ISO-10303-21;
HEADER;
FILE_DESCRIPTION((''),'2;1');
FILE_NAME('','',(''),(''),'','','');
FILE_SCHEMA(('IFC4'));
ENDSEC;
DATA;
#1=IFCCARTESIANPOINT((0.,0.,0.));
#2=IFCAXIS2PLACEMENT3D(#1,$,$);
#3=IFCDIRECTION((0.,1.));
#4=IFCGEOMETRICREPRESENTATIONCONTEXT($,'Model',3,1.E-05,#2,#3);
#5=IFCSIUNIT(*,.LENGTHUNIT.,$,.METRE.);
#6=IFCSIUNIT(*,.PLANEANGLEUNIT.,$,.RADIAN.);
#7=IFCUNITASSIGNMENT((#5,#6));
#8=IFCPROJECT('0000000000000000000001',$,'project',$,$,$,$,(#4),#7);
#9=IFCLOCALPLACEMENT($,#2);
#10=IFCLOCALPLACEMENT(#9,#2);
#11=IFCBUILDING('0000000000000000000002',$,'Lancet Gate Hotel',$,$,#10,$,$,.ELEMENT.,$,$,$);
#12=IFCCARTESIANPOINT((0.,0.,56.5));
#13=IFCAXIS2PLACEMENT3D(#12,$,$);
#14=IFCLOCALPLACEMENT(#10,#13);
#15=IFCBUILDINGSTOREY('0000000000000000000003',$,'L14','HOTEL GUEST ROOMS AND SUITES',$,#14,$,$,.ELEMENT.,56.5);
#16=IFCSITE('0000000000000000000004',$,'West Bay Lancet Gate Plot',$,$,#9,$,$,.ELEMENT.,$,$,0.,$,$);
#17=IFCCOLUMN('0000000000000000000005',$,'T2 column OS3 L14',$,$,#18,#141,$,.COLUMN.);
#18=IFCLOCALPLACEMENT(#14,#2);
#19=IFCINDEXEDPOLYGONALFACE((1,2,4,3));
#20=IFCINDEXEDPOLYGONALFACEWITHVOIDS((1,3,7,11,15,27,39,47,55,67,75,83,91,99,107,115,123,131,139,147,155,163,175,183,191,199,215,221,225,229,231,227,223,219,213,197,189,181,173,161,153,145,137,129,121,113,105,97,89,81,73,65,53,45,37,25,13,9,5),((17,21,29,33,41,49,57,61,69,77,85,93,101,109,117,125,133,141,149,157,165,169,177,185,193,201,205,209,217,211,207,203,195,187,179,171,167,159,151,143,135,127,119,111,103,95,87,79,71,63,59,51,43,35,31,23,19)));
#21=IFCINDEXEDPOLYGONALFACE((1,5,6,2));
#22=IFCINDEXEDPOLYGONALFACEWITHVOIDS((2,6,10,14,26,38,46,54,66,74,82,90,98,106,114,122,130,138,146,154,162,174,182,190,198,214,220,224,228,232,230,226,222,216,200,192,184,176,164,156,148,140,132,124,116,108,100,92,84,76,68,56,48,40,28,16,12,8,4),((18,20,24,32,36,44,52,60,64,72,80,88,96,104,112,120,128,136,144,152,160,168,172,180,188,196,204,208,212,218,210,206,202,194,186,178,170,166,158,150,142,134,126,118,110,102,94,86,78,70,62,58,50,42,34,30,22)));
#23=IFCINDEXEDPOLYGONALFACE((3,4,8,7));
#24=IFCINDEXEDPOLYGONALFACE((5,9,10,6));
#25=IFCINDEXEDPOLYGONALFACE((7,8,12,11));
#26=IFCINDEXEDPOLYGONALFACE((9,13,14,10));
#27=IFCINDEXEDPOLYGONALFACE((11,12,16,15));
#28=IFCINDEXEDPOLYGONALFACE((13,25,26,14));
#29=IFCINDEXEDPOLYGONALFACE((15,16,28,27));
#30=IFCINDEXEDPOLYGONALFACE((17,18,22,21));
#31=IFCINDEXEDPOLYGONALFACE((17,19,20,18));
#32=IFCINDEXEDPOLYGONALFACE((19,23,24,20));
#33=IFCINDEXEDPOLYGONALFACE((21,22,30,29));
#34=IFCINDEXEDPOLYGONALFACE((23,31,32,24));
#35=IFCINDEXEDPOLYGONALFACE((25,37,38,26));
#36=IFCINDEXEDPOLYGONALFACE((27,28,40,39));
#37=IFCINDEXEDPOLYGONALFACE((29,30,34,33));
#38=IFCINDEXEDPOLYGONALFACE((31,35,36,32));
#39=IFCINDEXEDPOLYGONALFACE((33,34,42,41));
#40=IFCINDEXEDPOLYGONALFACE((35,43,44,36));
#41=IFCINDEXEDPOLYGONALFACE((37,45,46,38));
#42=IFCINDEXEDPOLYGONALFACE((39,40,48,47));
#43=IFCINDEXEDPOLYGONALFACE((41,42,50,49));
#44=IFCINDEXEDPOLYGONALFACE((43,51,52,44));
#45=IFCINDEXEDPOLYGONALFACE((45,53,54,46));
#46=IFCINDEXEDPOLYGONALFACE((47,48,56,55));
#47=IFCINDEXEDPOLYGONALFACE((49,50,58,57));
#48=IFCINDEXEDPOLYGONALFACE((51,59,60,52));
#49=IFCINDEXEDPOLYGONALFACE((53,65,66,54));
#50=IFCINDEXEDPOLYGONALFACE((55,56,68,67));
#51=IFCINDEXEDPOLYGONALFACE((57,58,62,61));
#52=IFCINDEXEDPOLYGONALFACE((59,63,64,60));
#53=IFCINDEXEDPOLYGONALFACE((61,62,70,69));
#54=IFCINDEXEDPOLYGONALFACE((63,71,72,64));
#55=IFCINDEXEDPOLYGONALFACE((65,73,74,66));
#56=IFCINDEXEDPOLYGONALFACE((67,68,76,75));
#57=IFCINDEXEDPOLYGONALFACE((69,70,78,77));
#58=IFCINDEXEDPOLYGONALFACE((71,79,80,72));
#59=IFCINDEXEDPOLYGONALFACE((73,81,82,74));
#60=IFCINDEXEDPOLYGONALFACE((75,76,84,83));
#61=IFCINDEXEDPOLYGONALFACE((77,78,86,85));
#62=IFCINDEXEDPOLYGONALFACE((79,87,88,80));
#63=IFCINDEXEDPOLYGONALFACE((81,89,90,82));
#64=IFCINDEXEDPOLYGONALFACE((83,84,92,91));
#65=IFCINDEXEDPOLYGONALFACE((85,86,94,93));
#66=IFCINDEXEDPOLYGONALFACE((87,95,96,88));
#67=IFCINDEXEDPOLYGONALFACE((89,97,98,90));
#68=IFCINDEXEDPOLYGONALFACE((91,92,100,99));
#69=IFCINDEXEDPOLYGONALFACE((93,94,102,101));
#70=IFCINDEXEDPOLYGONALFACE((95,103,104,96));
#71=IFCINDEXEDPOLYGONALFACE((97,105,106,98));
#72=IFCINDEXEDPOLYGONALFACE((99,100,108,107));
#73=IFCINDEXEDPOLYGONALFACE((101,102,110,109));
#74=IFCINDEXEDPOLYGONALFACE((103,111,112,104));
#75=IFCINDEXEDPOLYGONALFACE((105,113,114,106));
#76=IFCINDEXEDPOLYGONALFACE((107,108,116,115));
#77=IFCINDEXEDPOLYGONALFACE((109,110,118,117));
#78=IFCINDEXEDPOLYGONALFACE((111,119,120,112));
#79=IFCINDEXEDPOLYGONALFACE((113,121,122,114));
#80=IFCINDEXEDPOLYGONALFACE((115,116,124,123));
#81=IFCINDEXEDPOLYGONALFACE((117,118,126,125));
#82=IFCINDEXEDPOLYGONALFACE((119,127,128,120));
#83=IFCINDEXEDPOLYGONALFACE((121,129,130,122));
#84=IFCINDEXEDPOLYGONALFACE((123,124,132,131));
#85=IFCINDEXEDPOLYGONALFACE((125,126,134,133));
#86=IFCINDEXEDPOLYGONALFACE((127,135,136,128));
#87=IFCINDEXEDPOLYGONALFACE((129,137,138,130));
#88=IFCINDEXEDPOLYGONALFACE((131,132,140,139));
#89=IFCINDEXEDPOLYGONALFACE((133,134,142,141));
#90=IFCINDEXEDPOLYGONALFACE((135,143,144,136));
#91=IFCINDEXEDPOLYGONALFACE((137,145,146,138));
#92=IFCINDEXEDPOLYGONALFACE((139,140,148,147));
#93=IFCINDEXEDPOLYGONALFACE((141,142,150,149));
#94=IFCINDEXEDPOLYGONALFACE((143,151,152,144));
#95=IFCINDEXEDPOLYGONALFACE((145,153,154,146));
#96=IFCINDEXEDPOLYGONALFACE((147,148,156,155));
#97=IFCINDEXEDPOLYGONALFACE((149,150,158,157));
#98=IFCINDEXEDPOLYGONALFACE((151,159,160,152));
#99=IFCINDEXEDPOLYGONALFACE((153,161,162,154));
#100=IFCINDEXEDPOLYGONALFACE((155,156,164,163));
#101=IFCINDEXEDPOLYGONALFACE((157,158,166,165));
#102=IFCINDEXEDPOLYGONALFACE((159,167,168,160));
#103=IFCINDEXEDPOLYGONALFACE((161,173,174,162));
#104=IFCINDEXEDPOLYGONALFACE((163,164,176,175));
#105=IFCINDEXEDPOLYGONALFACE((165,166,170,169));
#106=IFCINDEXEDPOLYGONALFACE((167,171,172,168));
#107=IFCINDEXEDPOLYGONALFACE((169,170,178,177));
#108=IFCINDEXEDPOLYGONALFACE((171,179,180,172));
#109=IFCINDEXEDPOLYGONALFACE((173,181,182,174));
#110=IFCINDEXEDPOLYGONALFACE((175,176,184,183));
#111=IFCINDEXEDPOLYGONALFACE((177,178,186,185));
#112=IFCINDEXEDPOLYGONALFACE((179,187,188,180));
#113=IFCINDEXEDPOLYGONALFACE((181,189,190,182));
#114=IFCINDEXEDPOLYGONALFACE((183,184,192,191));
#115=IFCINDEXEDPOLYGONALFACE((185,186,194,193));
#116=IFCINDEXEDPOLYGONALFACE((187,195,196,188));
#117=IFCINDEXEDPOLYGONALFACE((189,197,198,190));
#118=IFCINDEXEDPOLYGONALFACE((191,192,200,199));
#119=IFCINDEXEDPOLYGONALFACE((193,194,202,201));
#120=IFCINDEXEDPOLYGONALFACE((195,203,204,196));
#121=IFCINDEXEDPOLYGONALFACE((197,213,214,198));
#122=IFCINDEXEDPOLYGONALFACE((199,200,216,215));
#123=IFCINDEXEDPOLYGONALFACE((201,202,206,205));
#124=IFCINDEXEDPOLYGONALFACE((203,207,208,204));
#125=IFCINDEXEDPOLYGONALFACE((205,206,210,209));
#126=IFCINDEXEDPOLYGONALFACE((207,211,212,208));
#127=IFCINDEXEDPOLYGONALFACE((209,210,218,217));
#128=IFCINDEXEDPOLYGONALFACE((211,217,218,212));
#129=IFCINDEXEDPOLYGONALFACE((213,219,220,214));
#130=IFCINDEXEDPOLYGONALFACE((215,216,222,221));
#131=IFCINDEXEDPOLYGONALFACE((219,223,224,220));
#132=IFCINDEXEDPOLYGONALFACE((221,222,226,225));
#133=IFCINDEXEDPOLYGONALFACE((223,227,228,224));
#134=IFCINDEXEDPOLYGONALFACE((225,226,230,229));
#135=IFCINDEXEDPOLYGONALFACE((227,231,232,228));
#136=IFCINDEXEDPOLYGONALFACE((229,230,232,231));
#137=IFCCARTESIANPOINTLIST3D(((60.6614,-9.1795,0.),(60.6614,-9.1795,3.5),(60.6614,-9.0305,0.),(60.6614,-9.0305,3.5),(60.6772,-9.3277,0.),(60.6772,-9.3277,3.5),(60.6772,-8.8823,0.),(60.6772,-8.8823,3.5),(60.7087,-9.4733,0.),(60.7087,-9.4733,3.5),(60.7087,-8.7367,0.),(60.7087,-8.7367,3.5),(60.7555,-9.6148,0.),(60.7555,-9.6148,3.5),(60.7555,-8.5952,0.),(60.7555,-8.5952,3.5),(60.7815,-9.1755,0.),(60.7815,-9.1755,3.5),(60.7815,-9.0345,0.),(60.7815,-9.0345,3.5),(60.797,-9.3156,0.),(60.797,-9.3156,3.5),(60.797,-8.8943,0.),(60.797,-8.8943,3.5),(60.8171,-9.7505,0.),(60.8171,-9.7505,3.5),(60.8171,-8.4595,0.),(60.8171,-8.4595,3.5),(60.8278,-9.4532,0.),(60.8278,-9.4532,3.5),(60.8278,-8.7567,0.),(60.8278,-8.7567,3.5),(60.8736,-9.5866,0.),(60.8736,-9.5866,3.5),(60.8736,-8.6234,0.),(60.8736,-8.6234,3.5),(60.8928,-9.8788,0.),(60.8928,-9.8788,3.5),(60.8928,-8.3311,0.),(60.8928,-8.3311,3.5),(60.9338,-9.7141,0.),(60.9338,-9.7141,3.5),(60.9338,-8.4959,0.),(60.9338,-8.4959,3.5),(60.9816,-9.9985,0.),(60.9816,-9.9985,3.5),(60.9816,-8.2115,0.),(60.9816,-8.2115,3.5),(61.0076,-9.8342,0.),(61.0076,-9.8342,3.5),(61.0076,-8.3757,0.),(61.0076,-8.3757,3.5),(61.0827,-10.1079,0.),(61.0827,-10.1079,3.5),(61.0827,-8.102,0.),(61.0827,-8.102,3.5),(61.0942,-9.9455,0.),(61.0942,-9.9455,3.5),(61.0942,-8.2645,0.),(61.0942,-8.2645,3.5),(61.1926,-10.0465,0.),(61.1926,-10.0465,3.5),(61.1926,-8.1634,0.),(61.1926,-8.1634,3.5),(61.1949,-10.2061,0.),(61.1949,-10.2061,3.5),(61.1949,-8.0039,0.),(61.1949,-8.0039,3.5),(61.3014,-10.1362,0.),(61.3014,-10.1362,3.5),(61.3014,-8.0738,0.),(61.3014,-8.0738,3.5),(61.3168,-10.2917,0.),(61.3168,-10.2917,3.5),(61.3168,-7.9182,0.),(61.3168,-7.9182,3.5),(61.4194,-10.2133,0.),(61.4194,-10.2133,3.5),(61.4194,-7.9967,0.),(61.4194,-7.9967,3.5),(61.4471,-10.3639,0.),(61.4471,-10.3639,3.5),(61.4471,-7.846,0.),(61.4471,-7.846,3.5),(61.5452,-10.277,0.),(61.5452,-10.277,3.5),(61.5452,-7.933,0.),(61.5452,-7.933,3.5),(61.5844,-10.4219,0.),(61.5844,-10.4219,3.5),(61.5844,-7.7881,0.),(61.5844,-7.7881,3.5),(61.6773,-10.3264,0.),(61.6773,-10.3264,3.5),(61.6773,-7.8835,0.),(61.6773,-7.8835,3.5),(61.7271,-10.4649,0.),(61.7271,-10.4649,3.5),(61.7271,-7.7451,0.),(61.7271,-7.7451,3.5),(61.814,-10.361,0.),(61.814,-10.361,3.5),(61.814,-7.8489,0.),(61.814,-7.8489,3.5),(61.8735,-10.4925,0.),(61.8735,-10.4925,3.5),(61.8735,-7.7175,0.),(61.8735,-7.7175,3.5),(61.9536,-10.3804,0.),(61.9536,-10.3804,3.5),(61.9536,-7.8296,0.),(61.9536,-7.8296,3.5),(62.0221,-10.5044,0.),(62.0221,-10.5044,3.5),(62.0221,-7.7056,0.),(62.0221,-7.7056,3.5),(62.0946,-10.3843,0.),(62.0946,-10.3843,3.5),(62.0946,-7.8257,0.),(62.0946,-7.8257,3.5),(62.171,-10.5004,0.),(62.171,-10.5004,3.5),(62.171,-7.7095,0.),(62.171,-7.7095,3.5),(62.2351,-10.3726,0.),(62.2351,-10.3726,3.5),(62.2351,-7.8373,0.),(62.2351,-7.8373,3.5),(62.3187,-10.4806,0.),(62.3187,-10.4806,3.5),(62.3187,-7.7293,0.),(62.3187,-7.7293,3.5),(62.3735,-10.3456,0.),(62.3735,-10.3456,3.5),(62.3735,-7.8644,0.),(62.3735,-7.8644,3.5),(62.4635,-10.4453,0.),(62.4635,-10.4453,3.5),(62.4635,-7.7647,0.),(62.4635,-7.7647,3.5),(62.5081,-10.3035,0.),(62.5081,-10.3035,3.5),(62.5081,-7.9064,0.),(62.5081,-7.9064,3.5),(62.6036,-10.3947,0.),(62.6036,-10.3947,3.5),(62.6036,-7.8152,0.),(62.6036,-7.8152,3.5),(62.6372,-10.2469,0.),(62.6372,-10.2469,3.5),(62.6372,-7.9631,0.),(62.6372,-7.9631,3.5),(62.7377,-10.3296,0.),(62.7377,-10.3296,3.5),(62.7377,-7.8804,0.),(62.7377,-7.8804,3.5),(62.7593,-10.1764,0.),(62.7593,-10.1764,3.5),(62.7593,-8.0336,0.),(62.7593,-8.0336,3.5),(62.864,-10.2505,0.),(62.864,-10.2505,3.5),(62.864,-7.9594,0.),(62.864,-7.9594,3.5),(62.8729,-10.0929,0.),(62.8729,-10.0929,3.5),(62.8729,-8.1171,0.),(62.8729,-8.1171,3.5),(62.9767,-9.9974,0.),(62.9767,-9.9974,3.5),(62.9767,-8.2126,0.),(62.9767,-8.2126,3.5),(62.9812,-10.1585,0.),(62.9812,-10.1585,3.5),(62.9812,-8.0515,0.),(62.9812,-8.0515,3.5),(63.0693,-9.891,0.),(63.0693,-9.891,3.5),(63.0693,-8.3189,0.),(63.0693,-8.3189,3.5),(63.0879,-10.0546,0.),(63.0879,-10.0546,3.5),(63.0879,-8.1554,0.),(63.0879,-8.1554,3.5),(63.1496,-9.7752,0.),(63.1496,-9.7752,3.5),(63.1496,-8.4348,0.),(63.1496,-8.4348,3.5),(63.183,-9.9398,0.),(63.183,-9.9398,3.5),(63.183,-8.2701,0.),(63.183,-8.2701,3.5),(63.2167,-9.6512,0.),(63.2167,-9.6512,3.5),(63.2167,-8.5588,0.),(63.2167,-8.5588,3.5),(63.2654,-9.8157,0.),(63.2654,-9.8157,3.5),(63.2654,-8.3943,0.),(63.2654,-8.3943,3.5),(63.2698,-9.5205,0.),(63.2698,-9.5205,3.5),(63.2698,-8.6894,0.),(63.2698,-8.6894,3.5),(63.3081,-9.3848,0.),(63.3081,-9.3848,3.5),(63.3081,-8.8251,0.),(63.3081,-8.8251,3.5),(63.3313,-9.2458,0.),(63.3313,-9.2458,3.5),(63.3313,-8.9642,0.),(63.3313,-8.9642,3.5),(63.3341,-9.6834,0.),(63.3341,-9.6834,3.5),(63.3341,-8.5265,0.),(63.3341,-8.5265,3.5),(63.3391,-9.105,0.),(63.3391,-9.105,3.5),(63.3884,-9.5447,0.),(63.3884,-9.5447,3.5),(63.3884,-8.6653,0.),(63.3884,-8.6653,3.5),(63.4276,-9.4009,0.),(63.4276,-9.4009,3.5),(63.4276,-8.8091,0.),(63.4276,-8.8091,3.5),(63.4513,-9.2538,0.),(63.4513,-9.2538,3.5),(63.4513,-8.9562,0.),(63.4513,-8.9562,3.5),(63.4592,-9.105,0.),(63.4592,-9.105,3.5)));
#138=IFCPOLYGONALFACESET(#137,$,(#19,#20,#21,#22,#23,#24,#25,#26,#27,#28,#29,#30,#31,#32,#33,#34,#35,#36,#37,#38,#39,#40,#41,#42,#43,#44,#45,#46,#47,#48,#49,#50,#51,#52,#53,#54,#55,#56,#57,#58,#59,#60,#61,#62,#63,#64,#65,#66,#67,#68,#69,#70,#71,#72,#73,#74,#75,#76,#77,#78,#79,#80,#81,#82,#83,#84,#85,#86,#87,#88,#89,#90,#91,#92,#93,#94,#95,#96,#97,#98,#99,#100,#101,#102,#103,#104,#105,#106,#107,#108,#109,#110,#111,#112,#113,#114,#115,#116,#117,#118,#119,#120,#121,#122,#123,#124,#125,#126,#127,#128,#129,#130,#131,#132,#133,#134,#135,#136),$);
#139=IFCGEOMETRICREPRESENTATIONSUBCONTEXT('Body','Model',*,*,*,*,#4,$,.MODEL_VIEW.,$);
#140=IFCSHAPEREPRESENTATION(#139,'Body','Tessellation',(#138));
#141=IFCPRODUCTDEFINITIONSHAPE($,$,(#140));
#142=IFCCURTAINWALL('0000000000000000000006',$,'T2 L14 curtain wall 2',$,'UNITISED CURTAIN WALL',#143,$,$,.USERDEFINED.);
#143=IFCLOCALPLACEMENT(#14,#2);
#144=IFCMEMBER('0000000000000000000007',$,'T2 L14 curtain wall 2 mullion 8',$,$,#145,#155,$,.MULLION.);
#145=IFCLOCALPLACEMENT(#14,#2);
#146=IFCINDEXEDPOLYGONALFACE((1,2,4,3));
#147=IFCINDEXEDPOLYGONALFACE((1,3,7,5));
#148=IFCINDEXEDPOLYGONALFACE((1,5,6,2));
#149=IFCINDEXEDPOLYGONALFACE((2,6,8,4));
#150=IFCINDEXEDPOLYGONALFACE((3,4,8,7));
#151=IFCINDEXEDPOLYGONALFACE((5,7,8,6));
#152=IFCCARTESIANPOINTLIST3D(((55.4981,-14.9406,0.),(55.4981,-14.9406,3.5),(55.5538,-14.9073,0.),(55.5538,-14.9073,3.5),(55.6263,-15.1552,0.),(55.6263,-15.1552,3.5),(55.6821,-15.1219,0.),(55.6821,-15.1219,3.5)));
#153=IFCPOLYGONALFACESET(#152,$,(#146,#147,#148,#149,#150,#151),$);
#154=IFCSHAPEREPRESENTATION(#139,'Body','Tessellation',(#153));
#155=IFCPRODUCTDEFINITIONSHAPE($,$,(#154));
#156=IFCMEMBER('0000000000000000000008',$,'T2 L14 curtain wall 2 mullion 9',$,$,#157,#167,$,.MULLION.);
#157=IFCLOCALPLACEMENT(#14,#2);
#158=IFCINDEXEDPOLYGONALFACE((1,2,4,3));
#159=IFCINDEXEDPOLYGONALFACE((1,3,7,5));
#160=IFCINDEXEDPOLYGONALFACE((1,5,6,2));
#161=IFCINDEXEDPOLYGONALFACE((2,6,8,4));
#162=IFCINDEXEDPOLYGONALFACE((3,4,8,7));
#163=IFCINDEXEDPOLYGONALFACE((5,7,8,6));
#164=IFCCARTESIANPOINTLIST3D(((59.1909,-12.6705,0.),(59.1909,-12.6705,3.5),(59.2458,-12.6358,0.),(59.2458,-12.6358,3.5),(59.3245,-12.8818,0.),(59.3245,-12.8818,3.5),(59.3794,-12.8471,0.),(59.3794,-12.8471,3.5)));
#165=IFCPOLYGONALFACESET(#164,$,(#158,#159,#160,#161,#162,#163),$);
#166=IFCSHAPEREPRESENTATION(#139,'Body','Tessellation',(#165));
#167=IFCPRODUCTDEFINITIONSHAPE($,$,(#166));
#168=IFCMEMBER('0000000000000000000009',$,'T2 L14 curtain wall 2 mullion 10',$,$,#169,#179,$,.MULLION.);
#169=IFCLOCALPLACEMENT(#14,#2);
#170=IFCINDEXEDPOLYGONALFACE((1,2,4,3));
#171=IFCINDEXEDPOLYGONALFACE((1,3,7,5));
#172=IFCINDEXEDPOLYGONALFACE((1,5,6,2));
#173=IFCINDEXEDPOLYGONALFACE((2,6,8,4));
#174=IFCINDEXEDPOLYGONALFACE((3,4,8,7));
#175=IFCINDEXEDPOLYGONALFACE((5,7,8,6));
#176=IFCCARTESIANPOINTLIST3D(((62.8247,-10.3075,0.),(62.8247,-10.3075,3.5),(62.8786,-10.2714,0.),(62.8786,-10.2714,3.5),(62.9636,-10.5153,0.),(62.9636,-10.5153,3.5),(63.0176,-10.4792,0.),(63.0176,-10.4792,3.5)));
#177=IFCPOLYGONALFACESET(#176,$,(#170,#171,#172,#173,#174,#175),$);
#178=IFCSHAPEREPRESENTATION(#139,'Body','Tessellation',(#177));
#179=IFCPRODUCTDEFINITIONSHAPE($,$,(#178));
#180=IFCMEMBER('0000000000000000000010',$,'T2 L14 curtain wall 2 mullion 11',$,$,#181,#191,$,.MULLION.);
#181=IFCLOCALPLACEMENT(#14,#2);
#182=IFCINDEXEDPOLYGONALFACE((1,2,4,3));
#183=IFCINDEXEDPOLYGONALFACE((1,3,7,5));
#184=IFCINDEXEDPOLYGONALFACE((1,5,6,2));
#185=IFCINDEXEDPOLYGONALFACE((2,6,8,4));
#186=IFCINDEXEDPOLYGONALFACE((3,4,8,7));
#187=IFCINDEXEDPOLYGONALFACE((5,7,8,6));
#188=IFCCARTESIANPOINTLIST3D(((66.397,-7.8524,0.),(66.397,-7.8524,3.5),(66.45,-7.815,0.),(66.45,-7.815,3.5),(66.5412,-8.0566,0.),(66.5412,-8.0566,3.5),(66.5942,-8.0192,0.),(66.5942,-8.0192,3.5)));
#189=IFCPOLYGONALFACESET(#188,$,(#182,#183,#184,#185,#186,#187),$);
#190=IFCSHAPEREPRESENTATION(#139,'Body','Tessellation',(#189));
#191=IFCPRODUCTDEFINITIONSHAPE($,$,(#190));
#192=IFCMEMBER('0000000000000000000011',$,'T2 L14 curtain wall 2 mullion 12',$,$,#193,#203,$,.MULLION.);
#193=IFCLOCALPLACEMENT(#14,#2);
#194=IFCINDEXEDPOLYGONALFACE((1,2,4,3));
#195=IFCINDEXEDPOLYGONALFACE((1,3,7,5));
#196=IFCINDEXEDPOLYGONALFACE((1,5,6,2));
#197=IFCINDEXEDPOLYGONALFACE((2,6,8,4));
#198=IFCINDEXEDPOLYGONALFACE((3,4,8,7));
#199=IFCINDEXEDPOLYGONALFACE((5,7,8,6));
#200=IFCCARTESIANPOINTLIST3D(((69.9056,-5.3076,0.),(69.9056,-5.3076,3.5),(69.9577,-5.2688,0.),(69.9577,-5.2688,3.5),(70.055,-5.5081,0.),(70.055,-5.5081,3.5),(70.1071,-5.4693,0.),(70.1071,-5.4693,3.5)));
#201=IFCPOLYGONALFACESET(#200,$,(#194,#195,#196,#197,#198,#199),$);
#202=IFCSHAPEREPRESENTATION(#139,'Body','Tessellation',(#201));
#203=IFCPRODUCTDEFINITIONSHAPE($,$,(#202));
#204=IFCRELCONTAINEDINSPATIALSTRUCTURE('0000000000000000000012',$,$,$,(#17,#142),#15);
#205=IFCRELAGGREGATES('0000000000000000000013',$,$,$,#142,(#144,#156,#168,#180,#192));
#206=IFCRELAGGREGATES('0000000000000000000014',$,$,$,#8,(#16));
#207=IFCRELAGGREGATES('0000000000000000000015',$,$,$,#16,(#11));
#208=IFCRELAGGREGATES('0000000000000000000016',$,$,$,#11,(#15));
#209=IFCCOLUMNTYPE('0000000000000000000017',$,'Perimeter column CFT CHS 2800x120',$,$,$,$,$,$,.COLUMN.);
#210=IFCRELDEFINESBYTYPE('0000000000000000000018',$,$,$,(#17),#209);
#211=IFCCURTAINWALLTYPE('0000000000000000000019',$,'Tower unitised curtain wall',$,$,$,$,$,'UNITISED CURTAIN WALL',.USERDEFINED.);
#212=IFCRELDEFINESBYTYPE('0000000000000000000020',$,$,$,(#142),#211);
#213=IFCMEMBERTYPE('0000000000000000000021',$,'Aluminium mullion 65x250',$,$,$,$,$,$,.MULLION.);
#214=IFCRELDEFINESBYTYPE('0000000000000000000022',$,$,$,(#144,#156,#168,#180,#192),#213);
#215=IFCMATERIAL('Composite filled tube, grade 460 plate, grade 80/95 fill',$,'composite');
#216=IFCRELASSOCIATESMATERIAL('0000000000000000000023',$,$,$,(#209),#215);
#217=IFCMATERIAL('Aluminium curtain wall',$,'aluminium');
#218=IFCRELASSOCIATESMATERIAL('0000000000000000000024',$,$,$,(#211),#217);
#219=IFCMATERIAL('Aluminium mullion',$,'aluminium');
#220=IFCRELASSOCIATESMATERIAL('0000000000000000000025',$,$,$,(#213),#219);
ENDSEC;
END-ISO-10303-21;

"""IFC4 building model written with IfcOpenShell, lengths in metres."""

from ifc_helpers import new_model, si_unit, direction, frame, origin, origin_2d, place, context, subcontext, project, spatial, rectangle, hollow_circle, extrude, material, material_profile, profile_set, type_object, element, aggregate, save


model = new_model("IFC4")

# Units and contexts
model_context = context("Model", 3, precision=1e-05, world=origin(), true_north=direction((0.0, 1.0)))
body_context = subcontext(model_context, "Body", "Model", "MODEL_VIEW")
ifc_project = project(units=[si_unit("LENGTHUNIT", "METRE"), si_unit("PLANEANGLEUNIT", "RADIAN")], contexts=[model_context])

# Site, building, storey
site_placement = place(None, origin())
site = spatial("IfcSite", under=ifc_project, at=site_placement, Name="West Bay Lancet Gate Plot", CompositionType="ELEMENT", RefElevation=0.0)
building_placement = place(site_placement, origin())
building = spatial("IfcBuilding", under=site, at=building_placement, Name="Lancet Gate Hotel", CompositionType="ELEMENT")
storey_placement = place(building_placement, frame((0.0, 0.0, 56.5)))
storey = spatial("IfcBuildingStorey", under=building, at=storey_placement, Name="L14", Description="HOTEL GUEST ROOMS AND SUITES", CompositionType="ELEMENT", Elevation=56.5)

# Column
ifc_material_1 = material(Name="Composite filled tube, grade 460 plate, grade 80/95 fill", Category="composite")
ifc_material_profile_1 = material_profile(ifc_material_1, hollow_circle(Radius=1.3999, WallThickness=0.1201, at=origin_2d()), Name="CHS 2800x120")
ifc_profile_set_1 = profile_set([ifc_material_profile_1], Name="Composite filled tube, grade 460 plate, grade 80/95 fill")
column_type = type_object("IfcColumnType", Name="Perimeter column CFT CHS 2800x120", PredefinedType="COLUMN", material=ifc_profile_set_1)
for number, where, z_axis, x_axis, name in (
    (1, (62.0593, -9.105, 0.0), (0.0, 0.0, 1.0), (1.0, 0.0, 0.0), "T2 column OS3 L14"),
):
    element("IfcColumn", number, at=place(storey_placement, frame(where, z_axis=z_axis, x_axis=x_axis)), inside=storey, type_object=column_type, Name=name, PredefinedType="COLUMN", context=body_context, shape_type="SweptSolid", body=[
        extrude(hollow_circle(Radius=1.3999, WallThickness=0.1201, at=origin_2d()), origin(), (0.0, 0.0, 1.0), 3.5),
    ])

# Curtain wall, members
ifc_material_2 = material(Name="Aluminium curtain wall", Category="aluminium")
curtain_wall_type = type_object("IfcCurtainWallType", Name="Tower unitised curtain wall", ElementType="UNITISED CURTAIN WALL", PredefinedType="USERDEFINED", material=ifc_material_2)
curtain_wall_placement = place(storey_placement, origin())
curtain_wall = element("IfcCurtainWall", 2, at=curtain_wall_placement, inside=storey, type_object=curtain_wall_type, Name="T2 L14 curtain wall 2", ObjectType="UNITISED CURTAIN WALL", PredefinedType="USERDEFINED")
ifc_material_3 = material(Name="Aluminium mullion", Category="aluminium")
ifc_material_profile_2 = material_profile(ifc_material_3, rectangle(XDim=0.0649, YDim=0.25, at=origin_2d()), Name="MULLION 65x250")
ifc_profile_set_2 = profile_set([ifc_material_profile_2], Name="Aluminium mullion")
member_type_1 = type_object("IfcMemberType", Name="Aluminium mullion 65x250", PredefinedType="MULLION", material=ifc_profile_set_2)
member_1_placement = place(storey_placement, frame((55.5901, -15.0312, 0.0), z_axis=(0.0, 0.0, 1.0), x_axis=(0.858413, 0.512959, 0.0)))
member_1 = element("IfcMember", 3, at=member_1_placement, type_object=member_type_1, Name="T2 L14 curtain wall 2 mullion 8", PredefinedType="MULLION", context=body_context, shape_type="SweptSolid", body=[
    extrude(rectangle(XDim=0.0649, YDim=0.25, at=origin_2d()), origin(), (0.0, 0.0, 1.0), 3.5),
])
member_2_placement = place(storey_placement, frame((59.2852, -12.7588, 0.0), z_axis=(0.0, 0.0, 1.0), x_axis=(0.845079, 0.534641, 0.0)))
member_2 = element("IfcMember", 4, at=member_2_placement, type_object=member_type_1, Name="T2 L14 curtain wall 2 mullion 9", PredefinedType="MULLION", context=body_context, shape_type="SweptSolid", body=[
    extrude(rectangle(XDim=0.0649, YDim=0.25, at=origin_2d()), origin(), (0.0, 0.0, 1.0), 3.5),
])
member_3_placement = place(storey_placement, frame((62.9211, -10.3933, 0.0), z_axis=(0.0, 0.0, 1.0), x_axis=(0.831198, 0.555976, 0.0)))
member_3 = element("IfcMember", 5, at=member_3_placement, type_object=member_type_1, Name="T2 L14 curtain wall 2 mullion 10", PredefinedType="MULLION", context=body_context, shape_type="SweptSolid", body=[
    extrude(rectangle(XDim=0.0649, YDim=0.25, at=origin_2d()), origin(), (0.0, 0.0, 1.0), 3.5),
])
member_4_placement = place(storey_placement, frame((66.4956, -7.9358, 0.0), z_axis=(0.0, 0.0, 1.0), x_axis=(0.816779, 0.576951, 0.0)))
member_4 = element("IfcMember", 6, at=member_4_placement, type_object=member_type_1, Name="T2 L14 curtain wall 2 mullion 11", PredefinedType="MULLION", context=body_context, shape_type="SweptSolid", body=[
    extrude(rectangle(XDim=0.0649, YDim=0.25, at=origin_2d()), origin(), (0.0, 0.0, 1.0), 3.5),
])
member_5_placement = place(storey_placement, frame((70.0063, -5.3884, 0.0), z_axis=(0.0, 0.0, 1.0), x_axis=(0.80183, 0.597552, 0.0)))
member_5 = element("IfcMember", 7, at=member_5_placement, type_object=member_type_1, Name="T2 L14 curtain wall 2 mullion 12", PredefinedType="MULLION", context=body_context, shape_type="SweptSolid", body=[
    extrude(rectangle(XDim=0.0649, YDim=0.25, at=origin_2d()), origin(), (0.0, 0.0, 1.0), 3.5),
])

aggregate(curtain_wall, [member_1, member_2, member_3, member_4, member_5])

save(model, "model.ifc")
